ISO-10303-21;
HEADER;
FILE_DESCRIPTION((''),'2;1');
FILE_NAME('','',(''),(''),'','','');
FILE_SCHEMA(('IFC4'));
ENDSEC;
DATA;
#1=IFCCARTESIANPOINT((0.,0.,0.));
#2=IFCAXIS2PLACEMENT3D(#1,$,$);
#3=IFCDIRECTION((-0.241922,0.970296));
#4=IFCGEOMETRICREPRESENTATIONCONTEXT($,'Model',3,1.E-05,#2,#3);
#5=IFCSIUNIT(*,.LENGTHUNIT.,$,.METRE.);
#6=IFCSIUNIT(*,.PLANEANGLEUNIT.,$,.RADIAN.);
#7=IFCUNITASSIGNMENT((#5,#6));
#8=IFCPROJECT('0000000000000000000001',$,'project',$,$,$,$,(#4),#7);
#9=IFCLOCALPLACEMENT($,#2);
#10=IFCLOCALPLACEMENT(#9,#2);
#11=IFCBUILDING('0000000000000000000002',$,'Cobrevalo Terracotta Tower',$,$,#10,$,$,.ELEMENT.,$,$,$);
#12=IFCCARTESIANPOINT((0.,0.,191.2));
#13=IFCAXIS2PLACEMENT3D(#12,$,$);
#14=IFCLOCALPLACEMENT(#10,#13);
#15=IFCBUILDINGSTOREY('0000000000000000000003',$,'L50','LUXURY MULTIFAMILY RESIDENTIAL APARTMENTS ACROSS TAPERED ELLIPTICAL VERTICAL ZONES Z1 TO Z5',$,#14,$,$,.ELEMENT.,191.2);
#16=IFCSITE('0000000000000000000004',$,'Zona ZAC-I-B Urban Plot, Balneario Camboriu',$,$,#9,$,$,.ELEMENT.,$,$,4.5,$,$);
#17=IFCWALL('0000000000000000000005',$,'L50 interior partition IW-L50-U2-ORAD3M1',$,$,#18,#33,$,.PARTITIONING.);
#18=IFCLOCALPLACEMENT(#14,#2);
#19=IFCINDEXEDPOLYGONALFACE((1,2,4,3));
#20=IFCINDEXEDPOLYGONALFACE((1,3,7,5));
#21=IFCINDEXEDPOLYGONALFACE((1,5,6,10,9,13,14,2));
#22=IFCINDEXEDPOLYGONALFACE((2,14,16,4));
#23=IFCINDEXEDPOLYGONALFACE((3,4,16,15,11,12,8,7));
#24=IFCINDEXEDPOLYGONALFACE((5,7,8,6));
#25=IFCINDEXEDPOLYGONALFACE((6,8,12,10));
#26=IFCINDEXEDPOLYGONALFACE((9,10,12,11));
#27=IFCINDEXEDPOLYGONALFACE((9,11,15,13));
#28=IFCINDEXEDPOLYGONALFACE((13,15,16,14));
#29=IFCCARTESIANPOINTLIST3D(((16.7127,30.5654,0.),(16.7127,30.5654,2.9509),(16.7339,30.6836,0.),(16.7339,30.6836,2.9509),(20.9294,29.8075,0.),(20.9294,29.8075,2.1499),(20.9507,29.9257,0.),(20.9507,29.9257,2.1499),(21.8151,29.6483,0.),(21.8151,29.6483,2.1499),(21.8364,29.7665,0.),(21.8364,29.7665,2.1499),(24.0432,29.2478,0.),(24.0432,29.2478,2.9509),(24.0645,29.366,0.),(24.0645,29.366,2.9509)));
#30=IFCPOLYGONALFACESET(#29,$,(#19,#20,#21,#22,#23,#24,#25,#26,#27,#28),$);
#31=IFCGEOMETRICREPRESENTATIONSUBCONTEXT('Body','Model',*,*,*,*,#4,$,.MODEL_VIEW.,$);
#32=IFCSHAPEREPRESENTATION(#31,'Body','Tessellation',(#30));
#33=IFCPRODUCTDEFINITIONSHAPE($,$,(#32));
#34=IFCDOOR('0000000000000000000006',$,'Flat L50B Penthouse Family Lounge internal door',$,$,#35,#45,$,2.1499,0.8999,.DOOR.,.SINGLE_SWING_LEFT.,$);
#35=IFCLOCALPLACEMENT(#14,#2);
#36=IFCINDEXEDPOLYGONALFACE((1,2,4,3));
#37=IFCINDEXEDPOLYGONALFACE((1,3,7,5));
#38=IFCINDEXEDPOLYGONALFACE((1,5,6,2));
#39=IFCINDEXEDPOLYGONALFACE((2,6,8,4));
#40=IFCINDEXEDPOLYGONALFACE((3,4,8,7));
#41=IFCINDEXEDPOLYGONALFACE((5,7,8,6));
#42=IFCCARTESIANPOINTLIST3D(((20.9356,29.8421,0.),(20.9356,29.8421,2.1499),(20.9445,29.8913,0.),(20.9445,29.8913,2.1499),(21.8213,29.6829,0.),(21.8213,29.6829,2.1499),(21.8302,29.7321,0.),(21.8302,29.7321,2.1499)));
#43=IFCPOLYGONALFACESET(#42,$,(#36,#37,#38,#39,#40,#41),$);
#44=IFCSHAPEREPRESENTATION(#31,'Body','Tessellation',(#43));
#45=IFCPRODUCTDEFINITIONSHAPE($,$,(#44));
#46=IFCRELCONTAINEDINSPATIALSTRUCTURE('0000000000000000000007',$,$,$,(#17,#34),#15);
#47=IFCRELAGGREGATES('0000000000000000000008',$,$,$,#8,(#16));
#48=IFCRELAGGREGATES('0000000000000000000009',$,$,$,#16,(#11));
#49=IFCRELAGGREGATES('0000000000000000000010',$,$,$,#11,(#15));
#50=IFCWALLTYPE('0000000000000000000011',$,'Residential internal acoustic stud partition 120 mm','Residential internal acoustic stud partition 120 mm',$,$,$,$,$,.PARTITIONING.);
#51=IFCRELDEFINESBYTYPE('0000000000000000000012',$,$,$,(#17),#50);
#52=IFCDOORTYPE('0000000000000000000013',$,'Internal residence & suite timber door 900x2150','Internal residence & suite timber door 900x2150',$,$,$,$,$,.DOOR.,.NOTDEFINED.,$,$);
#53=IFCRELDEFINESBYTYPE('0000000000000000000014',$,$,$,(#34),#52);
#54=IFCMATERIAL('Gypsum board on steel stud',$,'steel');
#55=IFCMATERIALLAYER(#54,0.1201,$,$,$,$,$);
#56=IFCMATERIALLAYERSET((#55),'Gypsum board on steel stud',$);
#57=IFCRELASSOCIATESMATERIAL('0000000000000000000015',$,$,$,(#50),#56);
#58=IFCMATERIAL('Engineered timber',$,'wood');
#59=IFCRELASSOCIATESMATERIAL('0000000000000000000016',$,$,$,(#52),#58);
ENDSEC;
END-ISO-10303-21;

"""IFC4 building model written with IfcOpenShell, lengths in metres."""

from ifc_helpers import new_model, si_unit, direction, frame, frame_2d, origin, place, context, subcontext, project, spatial, rectangle, extrude, source, transform, mapped, material, layer, layer_set, type_object, element, fill, save


model = new_model("IFC4")

# Units and contexts
model_context = context("Model", 3, precision=1e-05, world=origin(), true_north=direction((-0.241922, 0.970296)))
body_context = subcontext(model_context, "Body", "Model", "MODEL_VIEW")
ifc_project = project(units=[si_unit("LENGTHUNIT", "METRE"), si_unit("PLANEANGLEUNIT", "RADIAN")], contexts=[model_context])

# Site, building, storey
site_placement = place(None, origin())
site = spatial("IfcSite", under=ifc_project, at=site_placement, Name="Zona ZAC-I-B Urban Plot, Balneario Camboriu", CompositionType="ELEMENT", RefElevation=4.5)
building_placement = place(site_placement, origin())
building = spatial("IfcBuilding", under=site, at=building_placement, Name="Cobrevalo Terracotta Tower", CompositionType="ELEMENT")
storey_placement = place(building_placement, frame((0.0, 0.0, 191.2)))
storey = spatial("IfcBuildingStorey", under=building, at=storey_placement, Name="L50", Description="LUXURY MULTIFAMILY RESIDENTIAL APARTMENTS ACROSS TAPERED ELLIPTICAL VERTICAL ZONES Z1 TO Z5", CompositionType="ELEMENT", Elevation=191.2)

# Wall, opening, door
ifc_material_1 = material(Name="Gypsum board on steel stud", Category="steel")
ifc_layer_1 = layer(ifc_material_1, 0.1201)
ifc_layer_set_1 = layer_set([ifc_layer_1], Name="Gypsum board on steel stud")
wall_type_1 = type_object("IfcWallType", Name="Residential internal acoustic stud partition 120 mm", Description="Residential internal acoustic stud partition 120 mm", PredefinedType="PARTITIONING", material=ifc_layer_set_1)
wall_1_placement = place(storey_placement, frame((24.054, 29.3069, 0.0), z_axis=(0.0, 0.0, 1.0), x_axis=(-0.984227, 0.176909, 0.0)))
wall_1 = element("IfcWall", 1, at=wall_1_placement, inside=storey, type_object=wall_type_1, Name="L50 interior partition IW-L50-U2-ORAD3M1", PredefinedType="PARTITIONING", context=body_context, shape_type="SweptSolid", body=[
    extrude(rectangle(XDim=7.448, YDim=0.1201, at=frame_2d((3.7241, 0.0))), origin(), (0.0, 0.0, 1.0), 2.9509),
])
opening_1_placement = place(wall_1_placement, frame((2.2639, 0.0, 0.0)))
opening_1 = element("IfcOpeningElement", 2, at=opening_1_placement, cuts=wall_1, PredefinedType="OPENING", context=body_context, shape_type="SweptSolid", body=[
    extrude(rectangle(XDim=0.8999, YDim=2.1499, at=frame_2d((0.45, 1.075))), frame((0.0, 0.0701, 0.0), z_axis=(0.0, -1.0, 0.0), x_axis=(1.0, 0.0, 0.0)), (0.0, 0.0, 1.0), 0.1401),
])
ifc_material_2 = material(Name="Engineered timber", Category="wood")
door_type = type_object("IfcDoorType", Name="Internal residence & suite timber door 900x2150", Description="Internal residence & suite timber door 900x2150", OperationType="NOTDEFINED", PredefinedType="DOOR", material=ifc_material_2)
shared_shape_1 = source(origin(), body_context, "Body", "SweptSolid", [
    extrude(rectangle(XDim=0.8999, YDim=2.1499, at=frame_2d((0.45, 1.075))), frame((0.0, 0.0249, 0.0), z_axis=(0.0, -1.0, 0.0), x_axis=(1.0, 0.0, 0.0)), (0.0, 0.0, 1.0), 0.05),
])
door_placement = place(opening_1_placement, origin())
door = element("IfcDoor", 3, at=door_placement, inside=storey, type_object=door_type, Name="Flat L50B Penthouse Family Lounge internal door", OperationType="SINGLE_SWING_LEFT", OverallHeight=2.1499, OverallWidth=0.8999, PredefinedType="DOOR", context=body_context, shape_type="MappedRepresentation", body=[
    mapped(shared_shape_1, transform((0.0, 0.0, 0.0), scale=1.0)),
])
fill(opening_1, door)

save(model, "model.ifc")
